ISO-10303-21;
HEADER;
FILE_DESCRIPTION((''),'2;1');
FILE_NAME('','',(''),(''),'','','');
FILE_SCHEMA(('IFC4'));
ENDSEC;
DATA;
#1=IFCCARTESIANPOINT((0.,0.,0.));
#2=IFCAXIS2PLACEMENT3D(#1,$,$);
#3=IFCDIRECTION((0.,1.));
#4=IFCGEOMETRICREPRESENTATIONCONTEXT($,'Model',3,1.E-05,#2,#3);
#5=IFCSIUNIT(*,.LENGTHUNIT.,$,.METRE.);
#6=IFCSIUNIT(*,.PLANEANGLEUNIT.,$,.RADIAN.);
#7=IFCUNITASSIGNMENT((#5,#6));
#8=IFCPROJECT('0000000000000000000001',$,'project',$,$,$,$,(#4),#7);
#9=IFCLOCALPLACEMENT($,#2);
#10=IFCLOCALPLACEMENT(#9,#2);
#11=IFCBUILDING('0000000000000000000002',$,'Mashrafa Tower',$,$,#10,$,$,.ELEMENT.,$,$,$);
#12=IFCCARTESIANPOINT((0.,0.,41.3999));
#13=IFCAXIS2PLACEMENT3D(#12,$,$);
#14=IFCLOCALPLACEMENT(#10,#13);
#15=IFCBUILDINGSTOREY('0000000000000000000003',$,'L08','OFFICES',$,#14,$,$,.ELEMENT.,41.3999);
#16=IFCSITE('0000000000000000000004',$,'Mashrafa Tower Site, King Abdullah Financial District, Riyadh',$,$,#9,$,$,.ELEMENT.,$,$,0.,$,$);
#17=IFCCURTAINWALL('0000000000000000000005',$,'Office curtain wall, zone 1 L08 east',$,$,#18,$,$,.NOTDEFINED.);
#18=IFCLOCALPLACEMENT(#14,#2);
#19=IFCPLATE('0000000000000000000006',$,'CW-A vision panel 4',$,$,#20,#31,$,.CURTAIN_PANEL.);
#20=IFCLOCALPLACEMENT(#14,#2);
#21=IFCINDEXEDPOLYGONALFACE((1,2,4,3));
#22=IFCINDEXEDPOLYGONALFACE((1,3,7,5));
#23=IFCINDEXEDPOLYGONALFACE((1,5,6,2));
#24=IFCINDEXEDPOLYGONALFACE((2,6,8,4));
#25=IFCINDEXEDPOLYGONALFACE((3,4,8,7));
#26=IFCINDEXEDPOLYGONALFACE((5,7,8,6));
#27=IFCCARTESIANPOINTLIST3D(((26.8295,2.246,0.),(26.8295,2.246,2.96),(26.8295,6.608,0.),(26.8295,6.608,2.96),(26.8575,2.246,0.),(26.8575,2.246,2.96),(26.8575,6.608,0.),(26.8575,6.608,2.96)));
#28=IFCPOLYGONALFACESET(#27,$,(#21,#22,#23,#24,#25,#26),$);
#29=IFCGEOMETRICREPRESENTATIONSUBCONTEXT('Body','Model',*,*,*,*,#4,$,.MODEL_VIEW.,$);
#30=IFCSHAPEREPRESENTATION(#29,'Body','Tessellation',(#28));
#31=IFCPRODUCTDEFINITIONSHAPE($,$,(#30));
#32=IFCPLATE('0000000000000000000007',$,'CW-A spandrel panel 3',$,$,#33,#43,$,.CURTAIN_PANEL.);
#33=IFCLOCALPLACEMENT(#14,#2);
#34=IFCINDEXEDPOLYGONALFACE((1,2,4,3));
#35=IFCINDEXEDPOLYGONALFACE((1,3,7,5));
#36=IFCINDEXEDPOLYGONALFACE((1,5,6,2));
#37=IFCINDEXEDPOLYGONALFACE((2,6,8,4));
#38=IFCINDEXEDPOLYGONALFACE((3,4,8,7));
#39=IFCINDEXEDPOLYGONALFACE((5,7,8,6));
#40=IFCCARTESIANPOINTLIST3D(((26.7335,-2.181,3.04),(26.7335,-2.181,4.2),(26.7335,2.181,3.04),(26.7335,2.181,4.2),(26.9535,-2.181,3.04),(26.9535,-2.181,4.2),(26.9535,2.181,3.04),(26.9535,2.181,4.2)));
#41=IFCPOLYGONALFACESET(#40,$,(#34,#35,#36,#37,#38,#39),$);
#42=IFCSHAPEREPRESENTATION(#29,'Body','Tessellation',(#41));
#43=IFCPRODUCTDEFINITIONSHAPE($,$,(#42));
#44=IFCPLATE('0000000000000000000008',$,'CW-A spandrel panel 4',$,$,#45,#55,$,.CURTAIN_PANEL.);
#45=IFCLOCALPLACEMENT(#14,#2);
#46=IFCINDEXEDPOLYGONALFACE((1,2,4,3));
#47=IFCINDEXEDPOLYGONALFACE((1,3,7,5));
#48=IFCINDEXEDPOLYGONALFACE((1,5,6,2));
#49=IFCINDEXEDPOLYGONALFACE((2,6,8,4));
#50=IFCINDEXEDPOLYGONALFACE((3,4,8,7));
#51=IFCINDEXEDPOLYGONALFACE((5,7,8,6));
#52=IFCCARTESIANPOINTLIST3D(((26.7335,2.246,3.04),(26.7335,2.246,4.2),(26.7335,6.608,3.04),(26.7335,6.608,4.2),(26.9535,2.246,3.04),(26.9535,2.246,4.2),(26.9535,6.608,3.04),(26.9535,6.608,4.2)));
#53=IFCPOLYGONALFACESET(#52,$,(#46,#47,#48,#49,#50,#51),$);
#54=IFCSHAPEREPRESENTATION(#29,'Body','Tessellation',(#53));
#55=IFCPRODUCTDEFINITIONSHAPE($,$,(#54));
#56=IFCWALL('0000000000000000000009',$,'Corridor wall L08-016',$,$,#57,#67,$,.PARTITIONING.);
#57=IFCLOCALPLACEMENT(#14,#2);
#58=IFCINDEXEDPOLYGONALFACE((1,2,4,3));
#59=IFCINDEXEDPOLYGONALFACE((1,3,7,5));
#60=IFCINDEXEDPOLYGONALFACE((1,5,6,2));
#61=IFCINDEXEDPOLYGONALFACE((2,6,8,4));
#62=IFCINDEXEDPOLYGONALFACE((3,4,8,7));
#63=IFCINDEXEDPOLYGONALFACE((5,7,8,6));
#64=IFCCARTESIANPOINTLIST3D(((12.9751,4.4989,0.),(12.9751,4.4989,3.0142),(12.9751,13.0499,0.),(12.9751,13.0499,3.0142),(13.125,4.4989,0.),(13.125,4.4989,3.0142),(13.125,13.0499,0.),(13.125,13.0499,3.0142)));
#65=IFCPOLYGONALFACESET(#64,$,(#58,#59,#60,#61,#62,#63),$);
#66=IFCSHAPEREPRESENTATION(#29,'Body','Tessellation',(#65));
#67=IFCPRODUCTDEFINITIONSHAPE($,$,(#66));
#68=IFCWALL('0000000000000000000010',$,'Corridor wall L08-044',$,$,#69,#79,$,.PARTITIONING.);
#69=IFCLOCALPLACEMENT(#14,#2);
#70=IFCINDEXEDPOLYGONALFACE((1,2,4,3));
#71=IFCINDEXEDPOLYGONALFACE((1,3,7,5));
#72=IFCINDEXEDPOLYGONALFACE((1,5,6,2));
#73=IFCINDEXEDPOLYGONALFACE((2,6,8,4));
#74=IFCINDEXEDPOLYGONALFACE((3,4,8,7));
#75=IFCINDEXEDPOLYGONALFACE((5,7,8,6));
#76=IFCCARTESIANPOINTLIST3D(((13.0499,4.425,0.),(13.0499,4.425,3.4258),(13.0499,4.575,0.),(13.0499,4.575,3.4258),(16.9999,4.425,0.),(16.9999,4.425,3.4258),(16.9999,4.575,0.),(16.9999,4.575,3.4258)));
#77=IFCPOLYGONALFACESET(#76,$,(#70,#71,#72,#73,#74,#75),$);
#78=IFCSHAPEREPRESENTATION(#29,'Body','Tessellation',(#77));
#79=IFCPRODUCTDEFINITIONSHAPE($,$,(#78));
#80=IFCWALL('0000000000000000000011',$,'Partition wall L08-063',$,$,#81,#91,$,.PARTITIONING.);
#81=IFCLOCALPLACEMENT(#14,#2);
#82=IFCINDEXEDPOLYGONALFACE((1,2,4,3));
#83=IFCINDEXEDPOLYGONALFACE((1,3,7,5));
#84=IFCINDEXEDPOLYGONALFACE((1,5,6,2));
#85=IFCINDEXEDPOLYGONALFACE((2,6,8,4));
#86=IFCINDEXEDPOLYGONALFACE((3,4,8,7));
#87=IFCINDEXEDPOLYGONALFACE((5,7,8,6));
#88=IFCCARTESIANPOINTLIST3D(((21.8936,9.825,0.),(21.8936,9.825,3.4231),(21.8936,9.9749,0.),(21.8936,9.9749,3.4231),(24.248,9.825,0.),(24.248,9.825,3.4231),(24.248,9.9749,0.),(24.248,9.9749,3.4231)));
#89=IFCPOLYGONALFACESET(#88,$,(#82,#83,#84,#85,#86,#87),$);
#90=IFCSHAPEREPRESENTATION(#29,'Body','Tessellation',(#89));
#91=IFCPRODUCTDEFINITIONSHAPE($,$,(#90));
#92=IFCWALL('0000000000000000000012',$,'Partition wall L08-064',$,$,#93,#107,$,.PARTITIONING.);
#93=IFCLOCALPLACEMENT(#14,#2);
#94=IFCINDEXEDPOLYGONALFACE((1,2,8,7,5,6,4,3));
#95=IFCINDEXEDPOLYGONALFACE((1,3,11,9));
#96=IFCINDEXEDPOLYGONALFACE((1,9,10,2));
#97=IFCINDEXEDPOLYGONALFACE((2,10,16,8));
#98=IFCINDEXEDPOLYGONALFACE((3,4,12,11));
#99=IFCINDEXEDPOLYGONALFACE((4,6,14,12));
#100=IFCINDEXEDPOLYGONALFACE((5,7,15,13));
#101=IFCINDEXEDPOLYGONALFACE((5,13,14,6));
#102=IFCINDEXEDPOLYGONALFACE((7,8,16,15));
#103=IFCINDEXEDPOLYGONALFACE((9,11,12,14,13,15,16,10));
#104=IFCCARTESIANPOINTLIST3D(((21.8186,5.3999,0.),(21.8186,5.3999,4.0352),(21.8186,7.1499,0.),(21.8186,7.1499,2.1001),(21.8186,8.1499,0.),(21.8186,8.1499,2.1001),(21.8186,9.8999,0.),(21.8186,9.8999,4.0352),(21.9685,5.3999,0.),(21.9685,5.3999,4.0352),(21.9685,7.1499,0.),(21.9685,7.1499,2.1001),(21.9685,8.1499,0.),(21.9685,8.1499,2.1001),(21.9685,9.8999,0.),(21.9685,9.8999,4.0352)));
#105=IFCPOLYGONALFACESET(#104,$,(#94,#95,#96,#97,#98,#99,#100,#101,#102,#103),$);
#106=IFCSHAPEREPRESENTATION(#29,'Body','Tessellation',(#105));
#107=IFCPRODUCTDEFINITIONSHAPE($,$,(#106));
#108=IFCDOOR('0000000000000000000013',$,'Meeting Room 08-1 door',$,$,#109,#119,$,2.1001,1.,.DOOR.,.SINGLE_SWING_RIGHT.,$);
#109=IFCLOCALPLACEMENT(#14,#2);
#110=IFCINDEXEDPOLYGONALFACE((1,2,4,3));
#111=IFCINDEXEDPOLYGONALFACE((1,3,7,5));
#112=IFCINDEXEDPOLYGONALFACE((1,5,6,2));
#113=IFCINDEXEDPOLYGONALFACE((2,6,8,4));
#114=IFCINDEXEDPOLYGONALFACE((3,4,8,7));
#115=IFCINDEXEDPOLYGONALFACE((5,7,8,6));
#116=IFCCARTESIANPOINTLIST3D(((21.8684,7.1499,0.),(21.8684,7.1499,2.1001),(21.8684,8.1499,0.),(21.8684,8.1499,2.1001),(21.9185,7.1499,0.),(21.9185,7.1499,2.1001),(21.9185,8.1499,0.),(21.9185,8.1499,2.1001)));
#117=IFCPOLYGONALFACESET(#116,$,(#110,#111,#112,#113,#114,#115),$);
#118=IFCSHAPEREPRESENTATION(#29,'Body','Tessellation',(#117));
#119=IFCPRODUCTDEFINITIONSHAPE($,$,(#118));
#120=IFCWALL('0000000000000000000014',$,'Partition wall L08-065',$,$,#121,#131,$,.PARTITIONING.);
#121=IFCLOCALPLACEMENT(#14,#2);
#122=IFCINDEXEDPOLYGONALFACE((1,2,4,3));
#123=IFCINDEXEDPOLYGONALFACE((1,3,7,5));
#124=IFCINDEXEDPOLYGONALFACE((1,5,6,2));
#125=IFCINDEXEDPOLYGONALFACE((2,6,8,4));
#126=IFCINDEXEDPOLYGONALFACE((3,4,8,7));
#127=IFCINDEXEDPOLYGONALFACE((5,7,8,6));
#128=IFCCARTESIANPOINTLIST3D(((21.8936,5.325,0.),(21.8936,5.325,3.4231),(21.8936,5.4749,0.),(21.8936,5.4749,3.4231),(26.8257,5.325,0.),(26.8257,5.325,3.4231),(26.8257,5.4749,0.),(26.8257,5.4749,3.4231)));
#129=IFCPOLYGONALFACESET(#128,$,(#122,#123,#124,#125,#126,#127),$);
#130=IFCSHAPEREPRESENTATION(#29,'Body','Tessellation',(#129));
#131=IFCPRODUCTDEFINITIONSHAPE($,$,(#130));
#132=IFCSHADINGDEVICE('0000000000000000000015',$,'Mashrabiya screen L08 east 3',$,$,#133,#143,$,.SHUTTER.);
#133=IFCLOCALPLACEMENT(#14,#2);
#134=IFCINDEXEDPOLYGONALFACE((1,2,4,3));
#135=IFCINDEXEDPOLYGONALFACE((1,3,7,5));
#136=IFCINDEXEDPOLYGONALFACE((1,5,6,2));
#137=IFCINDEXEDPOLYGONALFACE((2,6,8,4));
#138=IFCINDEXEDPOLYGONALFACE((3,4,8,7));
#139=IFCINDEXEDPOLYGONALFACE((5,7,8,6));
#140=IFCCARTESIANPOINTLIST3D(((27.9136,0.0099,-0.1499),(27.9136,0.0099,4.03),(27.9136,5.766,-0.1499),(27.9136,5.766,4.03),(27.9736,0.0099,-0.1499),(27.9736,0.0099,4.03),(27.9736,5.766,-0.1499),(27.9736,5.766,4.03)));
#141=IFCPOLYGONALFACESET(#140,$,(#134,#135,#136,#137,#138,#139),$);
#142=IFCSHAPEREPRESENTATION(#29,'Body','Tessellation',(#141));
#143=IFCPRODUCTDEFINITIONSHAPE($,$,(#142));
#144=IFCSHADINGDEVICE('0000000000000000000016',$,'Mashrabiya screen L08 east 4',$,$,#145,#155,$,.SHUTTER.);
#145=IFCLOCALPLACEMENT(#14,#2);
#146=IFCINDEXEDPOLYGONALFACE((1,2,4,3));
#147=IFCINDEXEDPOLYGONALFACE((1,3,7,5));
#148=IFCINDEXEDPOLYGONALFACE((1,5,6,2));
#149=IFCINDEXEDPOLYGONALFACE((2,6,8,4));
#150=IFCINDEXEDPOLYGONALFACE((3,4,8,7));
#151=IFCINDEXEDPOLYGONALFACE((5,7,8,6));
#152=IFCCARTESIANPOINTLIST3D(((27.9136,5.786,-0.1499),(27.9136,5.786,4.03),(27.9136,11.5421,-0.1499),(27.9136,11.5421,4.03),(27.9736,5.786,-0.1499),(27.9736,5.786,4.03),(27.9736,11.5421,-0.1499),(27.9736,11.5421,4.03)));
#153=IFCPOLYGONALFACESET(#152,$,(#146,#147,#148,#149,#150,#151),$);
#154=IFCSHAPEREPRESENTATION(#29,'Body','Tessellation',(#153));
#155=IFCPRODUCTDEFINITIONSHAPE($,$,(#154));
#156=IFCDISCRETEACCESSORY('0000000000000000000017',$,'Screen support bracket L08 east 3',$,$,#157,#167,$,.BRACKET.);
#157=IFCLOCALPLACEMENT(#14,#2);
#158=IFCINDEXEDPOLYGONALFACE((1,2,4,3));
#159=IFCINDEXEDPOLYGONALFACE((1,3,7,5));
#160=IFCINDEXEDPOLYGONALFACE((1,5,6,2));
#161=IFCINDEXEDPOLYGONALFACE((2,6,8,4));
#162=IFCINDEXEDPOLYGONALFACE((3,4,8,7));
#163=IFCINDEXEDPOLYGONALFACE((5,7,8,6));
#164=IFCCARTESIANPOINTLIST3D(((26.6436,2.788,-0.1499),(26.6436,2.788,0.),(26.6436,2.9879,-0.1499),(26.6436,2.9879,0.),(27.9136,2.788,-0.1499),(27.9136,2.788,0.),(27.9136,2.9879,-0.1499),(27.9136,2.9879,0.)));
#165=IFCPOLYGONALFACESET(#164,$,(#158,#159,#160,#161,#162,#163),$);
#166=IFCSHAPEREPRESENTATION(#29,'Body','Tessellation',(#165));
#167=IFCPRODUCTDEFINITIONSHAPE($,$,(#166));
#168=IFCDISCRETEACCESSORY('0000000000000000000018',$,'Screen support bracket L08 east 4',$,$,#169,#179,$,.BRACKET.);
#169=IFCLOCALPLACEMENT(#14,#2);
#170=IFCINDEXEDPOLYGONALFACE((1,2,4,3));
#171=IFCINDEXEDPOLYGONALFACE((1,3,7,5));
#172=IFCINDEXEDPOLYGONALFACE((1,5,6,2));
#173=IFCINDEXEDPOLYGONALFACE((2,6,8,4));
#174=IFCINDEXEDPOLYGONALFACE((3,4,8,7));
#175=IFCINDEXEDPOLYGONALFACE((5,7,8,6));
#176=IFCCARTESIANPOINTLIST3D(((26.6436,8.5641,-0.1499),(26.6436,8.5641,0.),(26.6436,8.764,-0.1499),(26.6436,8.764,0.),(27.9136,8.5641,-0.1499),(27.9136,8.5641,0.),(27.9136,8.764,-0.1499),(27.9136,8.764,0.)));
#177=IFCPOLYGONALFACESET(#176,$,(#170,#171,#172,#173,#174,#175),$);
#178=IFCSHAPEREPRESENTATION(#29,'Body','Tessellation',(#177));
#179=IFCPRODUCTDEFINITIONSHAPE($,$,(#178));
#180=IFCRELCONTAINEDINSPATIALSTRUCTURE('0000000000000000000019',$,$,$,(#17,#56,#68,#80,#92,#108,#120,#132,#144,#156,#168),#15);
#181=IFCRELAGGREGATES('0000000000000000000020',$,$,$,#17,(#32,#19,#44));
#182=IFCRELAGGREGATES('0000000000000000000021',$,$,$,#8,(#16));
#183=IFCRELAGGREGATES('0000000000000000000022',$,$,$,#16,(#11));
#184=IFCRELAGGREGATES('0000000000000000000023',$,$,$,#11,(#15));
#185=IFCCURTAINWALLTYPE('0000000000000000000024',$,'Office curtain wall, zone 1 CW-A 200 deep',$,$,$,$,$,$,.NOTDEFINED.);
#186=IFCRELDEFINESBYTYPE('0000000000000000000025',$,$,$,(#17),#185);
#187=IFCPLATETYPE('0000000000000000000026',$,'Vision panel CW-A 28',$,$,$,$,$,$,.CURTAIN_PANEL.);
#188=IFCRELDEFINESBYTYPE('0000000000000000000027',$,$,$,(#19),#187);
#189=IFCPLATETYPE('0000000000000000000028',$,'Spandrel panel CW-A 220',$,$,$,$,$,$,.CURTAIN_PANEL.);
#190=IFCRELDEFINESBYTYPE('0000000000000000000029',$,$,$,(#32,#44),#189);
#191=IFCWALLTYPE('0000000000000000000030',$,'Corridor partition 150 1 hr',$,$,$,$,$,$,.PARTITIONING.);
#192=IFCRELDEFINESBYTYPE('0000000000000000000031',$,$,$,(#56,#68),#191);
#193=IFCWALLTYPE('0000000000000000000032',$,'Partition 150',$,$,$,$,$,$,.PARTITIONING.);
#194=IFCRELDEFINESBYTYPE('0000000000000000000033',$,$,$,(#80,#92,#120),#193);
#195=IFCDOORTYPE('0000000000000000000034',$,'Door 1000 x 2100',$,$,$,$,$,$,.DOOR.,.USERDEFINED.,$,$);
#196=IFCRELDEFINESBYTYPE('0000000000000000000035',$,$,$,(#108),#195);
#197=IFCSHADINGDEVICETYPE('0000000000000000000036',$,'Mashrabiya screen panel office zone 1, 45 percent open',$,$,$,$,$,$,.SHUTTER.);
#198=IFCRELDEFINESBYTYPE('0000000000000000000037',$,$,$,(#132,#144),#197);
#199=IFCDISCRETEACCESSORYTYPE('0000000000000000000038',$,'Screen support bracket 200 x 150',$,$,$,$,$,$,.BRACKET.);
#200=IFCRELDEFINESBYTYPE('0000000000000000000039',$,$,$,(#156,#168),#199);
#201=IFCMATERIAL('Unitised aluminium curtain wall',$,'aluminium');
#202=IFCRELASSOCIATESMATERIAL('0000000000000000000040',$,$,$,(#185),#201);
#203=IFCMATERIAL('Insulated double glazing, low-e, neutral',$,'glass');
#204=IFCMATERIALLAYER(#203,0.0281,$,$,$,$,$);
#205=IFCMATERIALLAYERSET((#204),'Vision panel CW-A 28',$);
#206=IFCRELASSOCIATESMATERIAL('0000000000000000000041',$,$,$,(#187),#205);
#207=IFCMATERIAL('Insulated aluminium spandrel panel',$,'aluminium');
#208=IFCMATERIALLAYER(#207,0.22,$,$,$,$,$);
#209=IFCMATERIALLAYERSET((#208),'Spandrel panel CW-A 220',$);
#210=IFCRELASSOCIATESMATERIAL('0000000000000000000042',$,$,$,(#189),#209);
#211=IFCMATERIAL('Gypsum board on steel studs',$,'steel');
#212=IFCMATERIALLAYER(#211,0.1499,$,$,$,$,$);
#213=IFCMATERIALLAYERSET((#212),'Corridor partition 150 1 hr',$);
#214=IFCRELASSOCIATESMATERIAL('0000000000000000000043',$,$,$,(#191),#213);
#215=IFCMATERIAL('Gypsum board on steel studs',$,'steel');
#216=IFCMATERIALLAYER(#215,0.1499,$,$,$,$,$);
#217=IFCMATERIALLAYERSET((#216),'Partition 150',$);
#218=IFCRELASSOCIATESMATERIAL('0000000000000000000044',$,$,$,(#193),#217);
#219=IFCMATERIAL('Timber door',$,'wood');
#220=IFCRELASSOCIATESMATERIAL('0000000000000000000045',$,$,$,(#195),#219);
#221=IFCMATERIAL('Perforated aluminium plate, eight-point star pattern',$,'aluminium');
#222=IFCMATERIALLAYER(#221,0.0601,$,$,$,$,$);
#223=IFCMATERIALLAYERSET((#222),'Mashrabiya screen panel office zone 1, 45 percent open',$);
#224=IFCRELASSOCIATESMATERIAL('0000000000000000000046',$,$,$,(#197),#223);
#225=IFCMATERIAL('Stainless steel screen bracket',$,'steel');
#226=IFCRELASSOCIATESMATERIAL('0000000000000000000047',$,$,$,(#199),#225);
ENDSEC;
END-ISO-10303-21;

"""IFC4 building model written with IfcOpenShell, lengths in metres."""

from ifc_helpers import new_model, si_unit, direction, frame, frame_2d, origin, origin_2d, place, context, subcontext, project, spatial, rectangle, extrude, source, transform, mapped, material, layer, layer_set, type_object, type_shapes, element, fill, aggregate, save


model = new_model("IFC4")

# Units and contexts
model_context = context("Model", 3, precision=1e-05, world=origin(), true_north=direction((0.0, 1.0)))
body_context = subcontext(model_context, "Body", "Model", "MODEL_VIEW")
ifc_project = project(units=[si_unit("LENGTHUNIT", "METRE"), si_unit("PLANEANGLEUNIT", "RADIAN")], contexts=[model_context])

# Site, building, storey
site_placement = place(None, origin())
site = spatial("IfcSite", under=ifc_project, at=site_placement, Name="Mashrafa Tower Site, King Abdullah Financial District, Riyadh", CompositionType="ELEMENT", RefElevation=0.0)
building_placement = place(site_placement, origin())
building = spatial("IfcBuilding", under=site, at=building_placement, Name="Mashrafa Tower", CompositionType="ELEMENT")
storey_placement = place(building_placement, frame((0.0, 0.0, 41.3999)))
storey = spatial("IfcBuildingStorey", under=building, at=storey_placement, Name="L08", Description="OFFICES", CompositionType="ELEMENT", Elevation=41.3999)

# Curtain wall
ifc_material_1 = material(Name="Unitised aluminium curtain wall", Category="aluminium")
curtain_wall_type = type_object("IfcCurtainWallType", Name="Office curtain wall, zone 1 CW-A 200 deep", PredefinedType="NOTDEFINED", material=ifc_material_1)
curtain_wall_1_placement = place(storey_placement, origin())
curtain_wall_1 = element("IfcCurtainWall", 1, at=curtain_wall_1_placement, inside=storey, type_object=curtain_wall_type, Name="Office curtain wall, zone 1 L08 east", PredefinedType="NOTDEFINED")

# Plates
ifc_material_2 = material(Name="Insulated double glazing, low-e, neutral", Category="glass")
ifc_layer_1 = layer(ifc_material_2, 0.0281)
ifc_layer_set_1 = layer_set([ifc_layer_1], Name="Vision panel CW-A 28")
plate_type_1 = type_object("IfcPlateType", Name="Vision panel CW-A 28", PredefinedType="CURTAIN_PANEL", material=ifc_layer_set_1)
ifc_material_3 = material(Name="Insulated aluminium spandrel panel", Category="aluminium")
ifc_layer_2 = layer(ifc_material_3, 0.22)
ifc_layer_set_2 = layer_set([ifc_layer_2], Name="Spandrel panel CW-A 220")
plate_type_2 = type_object("IfcPlateType", Name="Spandrel panel CW-A 220", PredefinedType="CURTAIN_PANEL", material=ifc_layer_set_2)
shared_shape_1 = source(origin(), body_context, "Body", "SweptSolid", [
    extrude(rectangle(XDim=4.3621, YDim=0.0281, at=origin_2d()), origin(), (0.0, 0.0, 1.0), 2.96),
])
plate_1_placement = place(storey_placement, frame((26.8435, 4.427, 0.0), z_axis=(0.0, 0.0, 1.0), x_axis=(0.0, 1.0, 0.0)))
plate_1 = element("IfcPlate", 2, at=plate_1_placement, type_object=plate_type_1, Name="CW-A vision panel 4", PredefinedType="CURTAIN_PANEL", context=body_context, shape_type="MappedRepresentation", body=[
    mapped(shared_shape_1, transform((0.0, 0.0, 0.0))),
])
shared_shape_2 = source(origin(), body_context, "Body", "SweptSolid", [
    extrude(rectangle(XDim=4.3621, YDim=0.22, at=origin_2d()), origin(), (0.0, 0.0, 1.0), 1.1599),
])
plate_2_placement = place(storey_placement, frame((26.8435, 0.0, 3.04), z_axis=(0.0, 0.0, 1.0), x_axis=(0.0, 1.0, 0.0)))
plate_2 = element("IfcPlate", 3, at=plate_2_placement, type_object=plate_type_2, Name="CW-A spandrel panel 3", PredefinedType="CURTAIN_PANEL", context=body_context, shape_type="MappedRepresentation", body=[
    mapped(shared_shape_2, transform((0.0, 0.0, 0.0))),
])
plate_3_placement = place(storey_placement, frame((26.8435, 4.427, 3.04), z_axis=(0.0, 0.0, 1.0), x_axis=(0.0, 1.0, 0.0)))
plate_3 = element("IfcPlate", 4, at=plate_3_placement, type_object=plate_type_2, Name="CW-A spandrel panel 4", PredefinedType="CURTAIN_PANEL", context=body_context, shape_type="MappedRepresentation", body=[
    mapped(shared_shape_2, transform((0.0, 0.0, 0.0))),
])
aggregate(curtain_wall_1, [plate_2, plate_1, plate_3])

# Walls
ifc_material_4 = material(Name="Gypsum board on steel studs", Category="steel")
ifc_layer_3 = layer(ifc_material_4, 0.1499)
ifc_layer_set_3 = layer_set([ifc_layer_3], Name="Corridor partition 150 1 hr")
wall_type_1 = type_object("IfcWallType", Name="Corridor partition 150 1 hr", PredefinedType="PARTITIONING", material=ifc_layer_set_3)
wall_1_placement = place(storey_placement, frame((13.05, 4.499, 0.0), z_axis=(0.0, 0.0, 1.0), x_axis=(0.0, 1.0, 0.0)))
element("IfcWall", 5, at=wall_1_placement, inside=storey, type_object=wall_type_1, Name="Corridor wall L08-016", PredefinedType="PARTITIONING", context=body_context, shape_type="SweptSolid", body=[
    extrude(rectangle(XDim=8.551, YDim=0.1499, at=frame_2d((4.2754, 0.0))), origin(), (0.0, 0.0, 1.0), 3.0142),
])
wall_2_placement = place(storey_placement, frame((17.0, 4.5, 0.0), z_axis=(0.0, 0.0, 1.0), x_axis=(-1.0, 0.0, 0.0)))
element("IfcWall", 6, at=wall_2_placement, inside=storey, type_object=wall_type_1, Name="Corridor wall L08-044", PredefinedType="PARTITIONING", context=body_context, shape_type="SweptSolid", body=[
    extrude(rectangle(XDim=3.95, YDim=0.1499, at=frame_2d((1.9751, 0.0))), origin(), (0.0, 0.0, 1.0), 3.4258),
])
ifc_material_5 = material(Name="Gypsum board on steel studs", Category="steel")
ifc_layer_4 = layer(ifc_material_5, 0.1499)
ifc_layer_set_4 = layer_set([ifc_layer_4], Name="Partition 150")
wall_type_2 = type_object("IfcWallType", Name="Partition 150", PredefinedType="PARTITIONING", material=ifc_layer_set_4)
wall_3_placement = place(storey_placement, frame((24.248, 9.8999, 0.0), z_axis=(0.0, 0.0, 1.0), x_axis=(-1.0, 0.0, 0.0)))
element("IfcWall", 7, at=wall_3_placement, inside=storey, type_object=wall_type_2, Name="Partition wall L08-063", PredefinedType="PARTITIONING", context=body_context, shape_type="SweptSolid", body=[
    extrude(rectangle(XDim=2.3545, YDim=0.1499, at=frame_2d((1.1772, 0.0))), origin(), (0.0, 0.0, 1.0), 3.4231),
])

# Wall, opening, door
wall_4_placement = place(storey_placement, frame((21.8936, 9.8999, 0.0), z_axis=(0.0, 0.0, 1.0), x_axis=(0.0, -1.0, 0.0)))
wall_4 = element("IfcWall", 8, at=wall_4_placement, inside=storey, type_object=wall_type_2, Name="Partition wall L08-064", PredefinedType="PARTITIONING", context=body_context, shape_type="SweptSolid", body=[
    extrude(rectangle(XDim=4.5, YDim=0.1499, at=frame_2d((2.25, 0.0))), origin(), (0.0, 0.0, 1.0), 4.0352),
])
opening_placement = place(wall_4_placement, frame((1.75, 0.0, 0.0)))
opening = element("IfcOpeningElement", 9, at=opening_placement, cuts=wall_4, PredefinedType="OPENING", context=body_context, shape_type="SweptSolid", body=[
    extrude(rectangle(XDim=1.0, YDim=2.1001, at=frame_2d((0.5, 1.05))), frame((0.0, 0.085, 0.0), z_axis=(0.0, -1.0, 0.0), x_axis=(1.0, 0.0, 0.0)), (0.0, 0.0, 1.0), 0.1699),
])
ifc_material_6 = material(Name="Timber door", Category="wood")
door_type = type_object("IfcDoorType", Name="Door 1000 x 2100", OperationType="USERDEFINED", PredefinedType="DOOR", material=ifc_material_6)
door_placement = place(opening_placement, origin())
door = element("IfcDoor", 10, at=door_placement, inside=storey, type_object=door_type, Name="Meeting Room 08-1 door", OperationType="SINGLE_SWING_RIGHT", OverallHeight=2.1001, OverallWidth=1.0, PredefinedType="DOOR", context=body_context, shape_type="SweptSolid", body=[
    extrude(rectangle(XDim=1.0, YDim=2.1001, at=frame_2d((0.5, 1.05))), frame((0.0, 0.0249, 0.0), z_axis=(0.0, -1.0, 0.0), x_axis=(1.0, 0.0, 0.0)), (0.0, 0.0, 1.0), 0.05),
])
fill(opening, door)

# Wall
wall_5_placement = place(storey_placement, frame((21.8936, 5.3999, 0.0), z_axis=(0.0, 0.0, 1.0), x_axis=(1.0, 0.0, 0.0)))
element("IfcWall", 11, at=wall_5_placement, inside=storey, type_object=wall_type_2, Name="Partition wall L08-065", PredefinedType="PARTITIONING", context=body_context, shape_type="SweptSolid", body=[
    extrude(rectangle(XDim=4.9321, YDim=0.1499, at=frame_2d((2.4661, 0.0))), origin(), (0.0, 0.0, 1.0), 3.4231),
])

# Shading devices
ifc_material_7 = material(Name="Perforated aluminium plate, eight-point star pattern", Category="aluminium")
ifc_layer_5 = layer(ifc_material_7, 0.0601)
ifc_layer_set_5 = layer_set([ifc_layer_5], Name="Mashrabiya screen panel office zone 1, 45 percent open")
shading_device_type = type_object("IfcShadingDeviceType", Name="Mashrabiya screen panel office zone 1, 45 percent open", PredefinedType="SHUTTER", material=ifc_layer_set_5)
shared_shape_3 = source(origin(), body_context, "Body", "SweptSolid", [
    extrude(rectangle(XDim=5.7561, YDim=0.0601, at=origin_2d()), origin(), (0.0, 0.0, 1.0), 4.1799),
])
type_shapes(shading_device_type, [shared_shape_3])
for number, where, z_axis, x_axis, name in (
    (12, (27.9436, 2.8879, -0.1499), (0.0, 0.0, 1.0), (0.0, 1.0, 0.0), "Mashrabiya screen L08 east 3"),
    (13, (27.9436, 8.6641, -0.1499), (0.0, 0.0, 1.0), (0.0, 1.0, 0.0), "Mashrabiya screen L08 east 4"),
):
    element("IfcShadingDevice", number, at=place(storey_placement, frame(where, z_axis=z_axis, x_axis=x_axis)), inside=storey, type_object=shading_device_type, Name=name, PredefinedType="SHUTTER", context=body_context, shape_type="MappedRepresentation", body=[
        mapped(shared_shape_3, transform((0.0, 0.0, 0.0))),
    ])

# Discrete accessories
ifc_material_8 = material(Name="Stainless steel screen bracket", Category="steel")
discrete_accessory_type = type_object("IfcDiscreteAccessoryType", Name="Screen support bracket 200 x 150", PredefinedType="BRACKET", material=ifc_material_8)
shared_shape_4 = source(origin(), body_context, "Body", "SweptSolid", [
    extrude(rectangle(XDim=0.2, YDim=1.27, at=origin_2d()), origin(), (0.0, 0.0, 1.0), 0.1499),
])
type_shapes(discrete_accessory_type, [shared_shape_4])
for number, where, z_axis, x_axis, name in (
    (14, (27.2786, 2.8879, -0.1499), (0.0, 0.0, 1.0), (0.0, 1.0, 0.0), "Screen support bracket L08 east 3"),
    (15, (27.2786, 8.6641, -0.1499), (0.0, 0.0, 1.0), (0.0, 1.0, 0.0), "Screen support bracket L08 east 4"),
):
    element("IfcDiscreteAccessory", number, at=place(storey_placement, frame(where, z_axis=z_axis, x_axis=x_axis)), inside=storey, type_object=discrete_accessory_type, Name=name, PredefinedType="BRACKET", context=body_context, shape_type="MappedRepresentation", body=[
        mapped(shared_shape_4, transform((0.0, 0.0, 0.0))),
    ])

save(model, "model.ifc")
